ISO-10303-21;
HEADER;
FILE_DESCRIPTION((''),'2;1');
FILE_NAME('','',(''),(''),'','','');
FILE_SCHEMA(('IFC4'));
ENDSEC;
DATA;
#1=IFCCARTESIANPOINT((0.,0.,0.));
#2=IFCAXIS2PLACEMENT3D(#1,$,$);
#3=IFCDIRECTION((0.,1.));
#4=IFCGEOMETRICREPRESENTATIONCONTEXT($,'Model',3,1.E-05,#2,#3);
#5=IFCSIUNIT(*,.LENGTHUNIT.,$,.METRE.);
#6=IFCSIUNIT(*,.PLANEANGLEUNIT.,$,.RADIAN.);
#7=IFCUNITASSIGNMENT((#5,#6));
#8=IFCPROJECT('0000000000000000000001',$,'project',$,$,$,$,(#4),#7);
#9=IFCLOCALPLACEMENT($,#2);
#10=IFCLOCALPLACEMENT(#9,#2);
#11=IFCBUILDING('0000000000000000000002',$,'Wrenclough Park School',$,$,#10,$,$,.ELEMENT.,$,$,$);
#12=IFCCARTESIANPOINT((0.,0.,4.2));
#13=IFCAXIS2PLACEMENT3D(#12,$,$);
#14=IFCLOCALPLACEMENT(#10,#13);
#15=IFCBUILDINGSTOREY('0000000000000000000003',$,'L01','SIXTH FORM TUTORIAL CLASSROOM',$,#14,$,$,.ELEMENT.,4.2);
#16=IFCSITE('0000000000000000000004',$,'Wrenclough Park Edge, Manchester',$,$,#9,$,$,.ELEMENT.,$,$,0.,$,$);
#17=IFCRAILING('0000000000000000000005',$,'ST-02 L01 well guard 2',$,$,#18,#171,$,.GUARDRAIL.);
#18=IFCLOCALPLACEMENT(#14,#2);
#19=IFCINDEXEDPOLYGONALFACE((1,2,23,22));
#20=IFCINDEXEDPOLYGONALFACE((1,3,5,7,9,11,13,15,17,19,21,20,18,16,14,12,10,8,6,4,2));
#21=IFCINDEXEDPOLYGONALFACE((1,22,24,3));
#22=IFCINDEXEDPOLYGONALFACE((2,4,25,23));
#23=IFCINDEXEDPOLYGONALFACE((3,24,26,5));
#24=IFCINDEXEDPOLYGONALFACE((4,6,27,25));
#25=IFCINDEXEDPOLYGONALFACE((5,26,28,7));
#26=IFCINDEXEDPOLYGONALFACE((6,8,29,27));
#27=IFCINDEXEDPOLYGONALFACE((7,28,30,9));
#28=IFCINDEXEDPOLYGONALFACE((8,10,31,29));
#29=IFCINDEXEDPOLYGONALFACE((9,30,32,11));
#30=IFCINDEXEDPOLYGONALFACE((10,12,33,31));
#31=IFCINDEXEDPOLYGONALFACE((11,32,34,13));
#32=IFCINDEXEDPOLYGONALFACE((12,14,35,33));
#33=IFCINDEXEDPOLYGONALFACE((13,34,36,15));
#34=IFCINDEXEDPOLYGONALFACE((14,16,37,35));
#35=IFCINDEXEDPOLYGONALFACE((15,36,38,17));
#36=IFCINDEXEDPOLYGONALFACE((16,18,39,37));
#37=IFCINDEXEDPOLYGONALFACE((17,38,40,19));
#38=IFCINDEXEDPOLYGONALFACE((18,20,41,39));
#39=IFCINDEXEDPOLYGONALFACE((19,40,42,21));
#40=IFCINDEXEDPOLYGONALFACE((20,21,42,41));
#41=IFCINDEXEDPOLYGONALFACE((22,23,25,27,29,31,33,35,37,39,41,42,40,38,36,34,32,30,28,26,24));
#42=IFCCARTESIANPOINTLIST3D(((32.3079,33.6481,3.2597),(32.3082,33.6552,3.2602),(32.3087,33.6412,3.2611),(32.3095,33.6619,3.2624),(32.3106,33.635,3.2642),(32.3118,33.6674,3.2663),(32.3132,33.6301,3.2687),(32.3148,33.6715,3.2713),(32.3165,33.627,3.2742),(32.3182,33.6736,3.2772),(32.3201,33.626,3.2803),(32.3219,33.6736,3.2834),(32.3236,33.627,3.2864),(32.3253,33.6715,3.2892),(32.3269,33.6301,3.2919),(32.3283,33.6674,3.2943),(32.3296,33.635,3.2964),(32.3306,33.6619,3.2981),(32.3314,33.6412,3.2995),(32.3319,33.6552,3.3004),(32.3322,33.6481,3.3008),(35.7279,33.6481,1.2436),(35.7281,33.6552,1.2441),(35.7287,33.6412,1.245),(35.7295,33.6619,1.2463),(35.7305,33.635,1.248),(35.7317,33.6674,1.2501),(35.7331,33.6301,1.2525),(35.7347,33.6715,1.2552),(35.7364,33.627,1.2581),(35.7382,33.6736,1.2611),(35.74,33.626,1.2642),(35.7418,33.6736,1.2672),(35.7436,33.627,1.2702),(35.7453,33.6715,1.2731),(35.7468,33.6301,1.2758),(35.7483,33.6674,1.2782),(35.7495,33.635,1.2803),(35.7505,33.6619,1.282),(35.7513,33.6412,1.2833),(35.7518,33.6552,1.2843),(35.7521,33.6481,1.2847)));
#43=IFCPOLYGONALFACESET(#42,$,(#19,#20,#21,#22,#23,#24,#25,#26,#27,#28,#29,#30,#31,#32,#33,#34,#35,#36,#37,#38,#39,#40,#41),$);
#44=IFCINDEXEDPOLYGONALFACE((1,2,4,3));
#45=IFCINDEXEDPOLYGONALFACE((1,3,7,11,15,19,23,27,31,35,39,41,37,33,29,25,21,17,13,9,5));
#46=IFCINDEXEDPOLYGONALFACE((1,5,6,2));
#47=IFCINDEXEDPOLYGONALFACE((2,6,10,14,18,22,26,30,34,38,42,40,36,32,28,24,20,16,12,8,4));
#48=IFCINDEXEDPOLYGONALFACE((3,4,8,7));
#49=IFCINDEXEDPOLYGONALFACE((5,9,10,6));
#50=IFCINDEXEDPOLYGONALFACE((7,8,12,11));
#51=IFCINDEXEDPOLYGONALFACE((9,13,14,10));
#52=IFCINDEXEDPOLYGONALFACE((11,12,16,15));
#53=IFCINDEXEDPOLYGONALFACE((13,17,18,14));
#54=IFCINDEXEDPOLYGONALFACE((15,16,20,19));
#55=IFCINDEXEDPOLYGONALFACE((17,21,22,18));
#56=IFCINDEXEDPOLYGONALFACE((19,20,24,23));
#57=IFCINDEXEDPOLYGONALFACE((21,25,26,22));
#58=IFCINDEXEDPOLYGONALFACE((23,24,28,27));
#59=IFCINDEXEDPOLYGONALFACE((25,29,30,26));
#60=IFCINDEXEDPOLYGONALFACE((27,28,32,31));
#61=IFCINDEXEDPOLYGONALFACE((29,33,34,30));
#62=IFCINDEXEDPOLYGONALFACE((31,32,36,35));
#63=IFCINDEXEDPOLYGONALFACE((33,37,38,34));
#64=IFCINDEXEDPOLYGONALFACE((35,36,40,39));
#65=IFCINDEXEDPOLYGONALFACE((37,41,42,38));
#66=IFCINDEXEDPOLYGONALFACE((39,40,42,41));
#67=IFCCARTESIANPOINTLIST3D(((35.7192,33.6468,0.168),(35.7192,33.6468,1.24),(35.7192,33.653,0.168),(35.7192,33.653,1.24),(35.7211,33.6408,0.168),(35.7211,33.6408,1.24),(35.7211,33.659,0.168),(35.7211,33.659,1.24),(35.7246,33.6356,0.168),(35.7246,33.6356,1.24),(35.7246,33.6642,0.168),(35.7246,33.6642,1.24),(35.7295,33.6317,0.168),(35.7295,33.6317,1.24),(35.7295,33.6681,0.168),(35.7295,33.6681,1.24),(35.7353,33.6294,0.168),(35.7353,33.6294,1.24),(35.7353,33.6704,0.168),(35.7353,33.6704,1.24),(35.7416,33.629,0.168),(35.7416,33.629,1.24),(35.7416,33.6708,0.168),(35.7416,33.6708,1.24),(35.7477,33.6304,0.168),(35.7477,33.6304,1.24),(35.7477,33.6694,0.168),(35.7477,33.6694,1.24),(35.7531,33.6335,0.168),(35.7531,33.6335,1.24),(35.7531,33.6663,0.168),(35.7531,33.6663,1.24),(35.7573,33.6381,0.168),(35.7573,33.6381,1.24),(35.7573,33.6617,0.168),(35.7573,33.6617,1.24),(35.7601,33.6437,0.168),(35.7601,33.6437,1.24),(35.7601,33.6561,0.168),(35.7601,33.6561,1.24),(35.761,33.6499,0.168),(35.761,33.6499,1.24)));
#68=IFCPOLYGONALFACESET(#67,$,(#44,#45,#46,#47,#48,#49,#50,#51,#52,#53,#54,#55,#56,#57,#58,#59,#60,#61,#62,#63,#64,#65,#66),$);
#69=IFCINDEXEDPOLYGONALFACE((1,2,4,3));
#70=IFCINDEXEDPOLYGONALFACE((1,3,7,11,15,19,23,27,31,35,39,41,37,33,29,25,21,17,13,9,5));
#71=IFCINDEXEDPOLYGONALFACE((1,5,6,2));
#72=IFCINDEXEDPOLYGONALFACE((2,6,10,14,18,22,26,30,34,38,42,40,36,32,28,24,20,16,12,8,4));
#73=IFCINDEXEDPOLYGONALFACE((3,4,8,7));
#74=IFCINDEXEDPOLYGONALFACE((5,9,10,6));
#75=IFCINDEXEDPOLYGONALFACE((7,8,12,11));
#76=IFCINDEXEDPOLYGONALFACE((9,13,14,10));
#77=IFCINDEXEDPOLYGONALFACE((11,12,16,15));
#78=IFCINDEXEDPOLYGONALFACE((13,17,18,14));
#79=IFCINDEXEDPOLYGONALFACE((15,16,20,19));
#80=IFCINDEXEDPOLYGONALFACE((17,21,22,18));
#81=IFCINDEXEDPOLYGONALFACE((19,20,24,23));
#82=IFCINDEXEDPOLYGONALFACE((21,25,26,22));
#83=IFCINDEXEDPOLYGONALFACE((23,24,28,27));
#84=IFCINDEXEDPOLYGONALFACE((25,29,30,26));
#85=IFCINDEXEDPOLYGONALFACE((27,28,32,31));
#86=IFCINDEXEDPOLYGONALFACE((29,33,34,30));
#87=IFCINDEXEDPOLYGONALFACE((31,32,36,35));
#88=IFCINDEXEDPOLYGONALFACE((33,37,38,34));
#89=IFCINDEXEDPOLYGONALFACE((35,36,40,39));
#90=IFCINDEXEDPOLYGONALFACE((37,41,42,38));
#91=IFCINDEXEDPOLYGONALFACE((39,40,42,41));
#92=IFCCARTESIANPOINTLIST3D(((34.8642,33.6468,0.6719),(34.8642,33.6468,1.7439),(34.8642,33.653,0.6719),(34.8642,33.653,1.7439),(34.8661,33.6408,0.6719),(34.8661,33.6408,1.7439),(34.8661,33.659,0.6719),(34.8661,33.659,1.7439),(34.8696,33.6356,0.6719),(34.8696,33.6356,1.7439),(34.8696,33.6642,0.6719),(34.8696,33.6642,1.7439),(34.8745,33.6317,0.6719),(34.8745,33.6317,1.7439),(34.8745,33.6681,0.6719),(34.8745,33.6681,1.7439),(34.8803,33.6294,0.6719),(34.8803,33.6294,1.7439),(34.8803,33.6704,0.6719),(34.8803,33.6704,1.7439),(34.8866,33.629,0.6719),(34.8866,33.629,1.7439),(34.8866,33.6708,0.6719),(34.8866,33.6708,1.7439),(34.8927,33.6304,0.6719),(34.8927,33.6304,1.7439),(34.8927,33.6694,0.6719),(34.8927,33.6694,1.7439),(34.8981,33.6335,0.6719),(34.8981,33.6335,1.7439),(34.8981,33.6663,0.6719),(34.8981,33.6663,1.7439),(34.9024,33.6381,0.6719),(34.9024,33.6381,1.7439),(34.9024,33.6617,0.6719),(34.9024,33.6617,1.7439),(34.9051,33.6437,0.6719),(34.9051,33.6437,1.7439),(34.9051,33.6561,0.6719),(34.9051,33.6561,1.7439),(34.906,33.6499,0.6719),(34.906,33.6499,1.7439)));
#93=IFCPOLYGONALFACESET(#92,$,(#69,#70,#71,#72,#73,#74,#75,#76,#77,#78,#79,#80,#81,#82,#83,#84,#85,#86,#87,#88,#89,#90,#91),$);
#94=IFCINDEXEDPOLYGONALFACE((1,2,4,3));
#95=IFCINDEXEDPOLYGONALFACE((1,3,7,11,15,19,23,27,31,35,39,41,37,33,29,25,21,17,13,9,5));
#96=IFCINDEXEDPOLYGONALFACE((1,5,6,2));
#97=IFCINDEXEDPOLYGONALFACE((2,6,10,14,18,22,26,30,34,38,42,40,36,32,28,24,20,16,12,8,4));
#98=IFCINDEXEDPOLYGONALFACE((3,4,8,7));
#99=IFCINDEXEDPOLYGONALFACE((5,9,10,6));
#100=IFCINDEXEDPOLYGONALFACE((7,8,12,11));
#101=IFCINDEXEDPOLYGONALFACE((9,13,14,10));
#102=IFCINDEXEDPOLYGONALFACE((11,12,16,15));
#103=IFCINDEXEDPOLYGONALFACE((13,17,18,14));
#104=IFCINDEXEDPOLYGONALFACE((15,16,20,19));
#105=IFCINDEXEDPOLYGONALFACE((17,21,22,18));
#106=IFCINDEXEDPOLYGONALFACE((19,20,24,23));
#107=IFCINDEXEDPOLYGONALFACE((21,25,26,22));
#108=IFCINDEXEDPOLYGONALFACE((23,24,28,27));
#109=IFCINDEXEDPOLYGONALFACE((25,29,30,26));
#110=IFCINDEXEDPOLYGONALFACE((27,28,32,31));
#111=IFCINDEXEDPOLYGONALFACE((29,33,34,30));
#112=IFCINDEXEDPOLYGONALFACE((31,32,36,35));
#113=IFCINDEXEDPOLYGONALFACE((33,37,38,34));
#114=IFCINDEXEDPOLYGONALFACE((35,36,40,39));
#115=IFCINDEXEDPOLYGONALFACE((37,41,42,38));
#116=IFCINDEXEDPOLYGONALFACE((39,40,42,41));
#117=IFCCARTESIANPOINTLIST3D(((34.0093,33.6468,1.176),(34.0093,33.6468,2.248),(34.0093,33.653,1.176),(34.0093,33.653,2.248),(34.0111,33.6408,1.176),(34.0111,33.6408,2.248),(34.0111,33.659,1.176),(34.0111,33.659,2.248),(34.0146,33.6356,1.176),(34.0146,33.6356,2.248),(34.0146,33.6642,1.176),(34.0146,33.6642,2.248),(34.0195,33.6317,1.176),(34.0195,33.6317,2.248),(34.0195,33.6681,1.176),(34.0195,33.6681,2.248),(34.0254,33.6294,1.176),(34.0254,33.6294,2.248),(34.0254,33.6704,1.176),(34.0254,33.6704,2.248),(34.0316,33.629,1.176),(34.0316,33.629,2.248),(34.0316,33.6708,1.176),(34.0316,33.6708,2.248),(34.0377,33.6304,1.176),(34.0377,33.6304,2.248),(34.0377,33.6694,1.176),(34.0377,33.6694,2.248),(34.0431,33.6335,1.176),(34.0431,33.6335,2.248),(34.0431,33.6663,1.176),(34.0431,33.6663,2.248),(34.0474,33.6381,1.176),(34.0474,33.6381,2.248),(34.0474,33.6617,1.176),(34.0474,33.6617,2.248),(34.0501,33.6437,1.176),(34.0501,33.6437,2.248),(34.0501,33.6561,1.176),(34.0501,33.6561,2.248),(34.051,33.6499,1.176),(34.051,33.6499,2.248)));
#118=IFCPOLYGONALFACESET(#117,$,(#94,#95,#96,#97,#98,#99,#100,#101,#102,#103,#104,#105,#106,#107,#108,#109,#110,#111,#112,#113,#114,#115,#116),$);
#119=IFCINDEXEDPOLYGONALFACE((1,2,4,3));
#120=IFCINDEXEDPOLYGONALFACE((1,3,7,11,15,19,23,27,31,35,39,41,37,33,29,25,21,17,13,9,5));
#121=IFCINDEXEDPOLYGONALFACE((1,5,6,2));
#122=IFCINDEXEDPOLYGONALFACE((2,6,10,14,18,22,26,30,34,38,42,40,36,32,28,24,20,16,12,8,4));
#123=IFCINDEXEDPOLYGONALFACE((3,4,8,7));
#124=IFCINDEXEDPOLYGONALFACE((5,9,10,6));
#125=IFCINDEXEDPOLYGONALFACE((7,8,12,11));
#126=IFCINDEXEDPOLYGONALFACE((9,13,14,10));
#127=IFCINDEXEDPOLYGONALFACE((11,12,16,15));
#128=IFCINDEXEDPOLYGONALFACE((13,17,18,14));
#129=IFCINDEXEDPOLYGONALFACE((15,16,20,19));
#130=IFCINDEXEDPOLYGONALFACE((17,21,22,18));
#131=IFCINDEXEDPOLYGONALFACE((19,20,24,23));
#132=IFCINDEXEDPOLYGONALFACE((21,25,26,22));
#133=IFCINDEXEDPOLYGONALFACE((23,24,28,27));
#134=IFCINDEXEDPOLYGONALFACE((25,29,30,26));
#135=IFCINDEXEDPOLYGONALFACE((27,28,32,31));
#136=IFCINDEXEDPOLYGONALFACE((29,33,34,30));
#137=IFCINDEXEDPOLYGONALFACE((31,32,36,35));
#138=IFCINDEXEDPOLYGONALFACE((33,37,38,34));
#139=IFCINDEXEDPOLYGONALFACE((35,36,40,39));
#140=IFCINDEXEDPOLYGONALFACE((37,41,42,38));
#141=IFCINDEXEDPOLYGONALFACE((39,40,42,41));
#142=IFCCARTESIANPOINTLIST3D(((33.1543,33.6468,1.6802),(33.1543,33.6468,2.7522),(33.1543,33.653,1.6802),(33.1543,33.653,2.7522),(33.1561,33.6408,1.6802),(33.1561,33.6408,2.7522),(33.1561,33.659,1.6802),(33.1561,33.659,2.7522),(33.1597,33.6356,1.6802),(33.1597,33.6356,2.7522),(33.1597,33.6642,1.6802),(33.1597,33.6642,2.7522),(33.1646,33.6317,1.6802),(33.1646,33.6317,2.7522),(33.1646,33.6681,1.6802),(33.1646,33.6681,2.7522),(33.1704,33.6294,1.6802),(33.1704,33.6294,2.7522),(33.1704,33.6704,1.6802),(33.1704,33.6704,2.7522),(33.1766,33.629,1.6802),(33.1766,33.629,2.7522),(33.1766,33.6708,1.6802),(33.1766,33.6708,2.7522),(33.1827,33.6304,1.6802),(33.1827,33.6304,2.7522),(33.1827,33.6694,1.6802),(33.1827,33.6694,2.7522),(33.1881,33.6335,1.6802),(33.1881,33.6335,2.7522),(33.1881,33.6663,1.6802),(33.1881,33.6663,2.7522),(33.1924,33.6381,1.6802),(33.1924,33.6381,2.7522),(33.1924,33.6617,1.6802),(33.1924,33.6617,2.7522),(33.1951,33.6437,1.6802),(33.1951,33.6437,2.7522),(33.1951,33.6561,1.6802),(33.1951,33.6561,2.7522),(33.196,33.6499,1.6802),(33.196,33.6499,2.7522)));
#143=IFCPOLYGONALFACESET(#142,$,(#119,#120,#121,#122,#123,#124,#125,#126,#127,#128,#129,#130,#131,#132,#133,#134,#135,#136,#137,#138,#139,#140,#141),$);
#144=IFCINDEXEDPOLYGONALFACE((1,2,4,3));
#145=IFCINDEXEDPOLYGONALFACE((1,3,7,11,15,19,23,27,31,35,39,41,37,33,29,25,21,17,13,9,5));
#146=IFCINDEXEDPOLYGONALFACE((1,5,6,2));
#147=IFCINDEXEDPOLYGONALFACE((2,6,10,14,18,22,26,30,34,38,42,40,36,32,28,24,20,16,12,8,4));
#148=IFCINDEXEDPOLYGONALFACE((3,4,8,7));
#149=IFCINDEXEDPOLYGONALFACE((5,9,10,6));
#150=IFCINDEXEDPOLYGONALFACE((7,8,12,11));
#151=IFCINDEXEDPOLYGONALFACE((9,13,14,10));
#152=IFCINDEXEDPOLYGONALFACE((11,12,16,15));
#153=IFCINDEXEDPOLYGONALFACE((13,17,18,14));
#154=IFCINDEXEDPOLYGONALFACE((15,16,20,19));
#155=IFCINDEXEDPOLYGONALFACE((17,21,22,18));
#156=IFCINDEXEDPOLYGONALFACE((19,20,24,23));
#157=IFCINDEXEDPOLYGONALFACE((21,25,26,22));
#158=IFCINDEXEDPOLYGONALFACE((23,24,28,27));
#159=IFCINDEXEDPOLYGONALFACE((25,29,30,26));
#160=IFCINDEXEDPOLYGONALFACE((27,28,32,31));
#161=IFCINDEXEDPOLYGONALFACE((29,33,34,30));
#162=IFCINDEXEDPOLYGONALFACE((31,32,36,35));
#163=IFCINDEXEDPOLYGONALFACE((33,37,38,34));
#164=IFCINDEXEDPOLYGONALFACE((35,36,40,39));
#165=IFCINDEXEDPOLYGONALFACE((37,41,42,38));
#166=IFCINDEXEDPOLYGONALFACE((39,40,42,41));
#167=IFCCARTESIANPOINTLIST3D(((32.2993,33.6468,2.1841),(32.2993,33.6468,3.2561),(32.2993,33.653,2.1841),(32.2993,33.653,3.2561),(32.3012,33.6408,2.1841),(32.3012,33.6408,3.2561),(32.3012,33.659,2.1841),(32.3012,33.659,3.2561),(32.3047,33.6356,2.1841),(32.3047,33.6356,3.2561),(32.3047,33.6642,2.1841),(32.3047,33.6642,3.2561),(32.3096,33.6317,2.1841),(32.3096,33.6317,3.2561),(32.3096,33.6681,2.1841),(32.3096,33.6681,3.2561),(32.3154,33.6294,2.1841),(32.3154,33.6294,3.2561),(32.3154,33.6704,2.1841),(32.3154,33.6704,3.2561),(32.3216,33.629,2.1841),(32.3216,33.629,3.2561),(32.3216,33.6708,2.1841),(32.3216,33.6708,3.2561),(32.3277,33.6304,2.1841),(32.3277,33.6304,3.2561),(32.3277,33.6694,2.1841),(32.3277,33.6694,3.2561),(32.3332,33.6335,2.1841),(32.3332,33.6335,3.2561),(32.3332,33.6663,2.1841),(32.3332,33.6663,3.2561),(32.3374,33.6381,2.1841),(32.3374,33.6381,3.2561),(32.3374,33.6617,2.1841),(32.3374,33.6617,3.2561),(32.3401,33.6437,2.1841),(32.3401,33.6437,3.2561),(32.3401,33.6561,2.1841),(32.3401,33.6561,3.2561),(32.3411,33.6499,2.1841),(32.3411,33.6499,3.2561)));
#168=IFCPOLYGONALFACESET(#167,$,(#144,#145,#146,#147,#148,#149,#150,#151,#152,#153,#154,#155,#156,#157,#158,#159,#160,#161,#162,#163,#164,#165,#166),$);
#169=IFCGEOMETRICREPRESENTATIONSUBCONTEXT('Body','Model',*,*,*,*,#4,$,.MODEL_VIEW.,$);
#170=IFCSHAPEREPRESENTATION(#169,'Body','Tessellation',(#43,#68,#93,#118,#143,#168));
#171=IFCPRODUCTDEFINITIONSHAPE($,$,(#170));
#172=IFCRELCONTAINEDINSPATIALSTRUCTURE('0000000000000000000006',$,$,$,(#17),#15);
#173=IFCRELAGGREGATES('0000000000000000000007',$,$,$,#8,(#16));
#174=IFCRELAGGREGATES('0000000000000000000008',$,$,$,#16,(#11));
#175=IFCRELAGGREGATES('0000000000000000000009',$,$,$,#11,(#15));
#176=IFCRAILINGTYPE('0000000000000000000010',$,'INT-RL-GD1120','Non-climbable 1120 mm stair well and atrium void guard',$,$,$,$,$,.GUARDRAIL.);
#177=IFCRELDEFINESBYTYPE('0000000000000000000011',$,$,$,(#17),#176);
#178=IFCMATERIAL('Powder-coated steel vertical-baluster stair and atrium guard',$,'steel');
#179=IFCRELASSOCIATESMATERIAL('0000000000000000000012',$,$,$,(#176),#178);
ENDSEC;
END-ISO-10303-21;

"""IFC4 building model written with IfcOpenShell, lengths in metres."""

from ifc_helpers import new_model, si_unit, direction, frame, origin, origin_2d, place, context, subcontext, project, spatial, circle, extrude, material, type_object, element, save


model = new_model("IFC4")

# Units and contexts
model_context = context("Model", 3, precision=1e-05, world=origin(), true_north=direction((0.0, 1.0)))
body_context = subcontext(model_context, "Body", "Model", "MODEL_VIEW")
ifc_project = project(units=[si_unit("LENGTHUNIT", "METRE"), si_unit("PLANEANGLEUNIT", "RADIAN")], contexts=[model_context])

# Site, building, storey
site_placement = place(None, origin())
site = spatial("IfcSite", under=ifc_project, at=site_placement, Name="Wrenclough Park Edge, Manchester", CompositionType="ELEMENT", RefElevation=0.0)
building_placement = place(site_placement, origin())
building = spatial("IfcBuilding", under=site, at=building_placement, Name="Wrenclough Park School", CompositionType="ELEMENT")
storey_placement = place(building_placement, frame((0.0, 0.0, 4.2)))
storey = spatial("IfcBuildingStorey", under=building, at=storey_placement, Name="L01", Description="SIXTH FORM TUTORIAL CLASSROOM", CompositionType="ELEMENT", Elevation=4.2)

# Railing
ifc_material_1 = material(Name="Powder-coated steel vertical-baluster stair and atrium guard", Category="steel")
railing_type_1 = type_object("IfcRailingType", Name="INT-RL-GD1120", Description="Non-climbable 1120 mm stair well and atrium void guard", PredefinedType="GUARDRAIL", material=ifc_material_1)
railing_1_placement = place(storey_placement, frame((35.74, 33.6499, 0.168)))
element("IfcRailing", 1, at=railing_1_placement, inside=storey, type_object=railing_type_1, Name="ST-02 L01 well guard 2", PredefinedType="GUARDRAIL", context=body_context, shape_type="SweptSolid", body=[
    extrude(circle(Radius=0.0239, at=origin_2d()), frame((0.0, 0.0, 1.0962), z_axis=(-0.86145, 0.0, 0.507842), x_axis=(0.0, -1.0, 0.0)), (0.0, 0.0, 1.0), 3.97),
    extrude(circle(Radius=0.021, at=origin_2d()), origin(), (0.0, 0.0, 1.0), 1.072),
    extrude(circle(Radius=0.021, at=origin_2d()), frame((-0.855, 0.0, 0.5039)), (0.0, 0.0, 1.0), 1.072),
    extrude(circle(Radius=0.021, at=origin_2d()), frame((-1.71, 0.0, 1.0081)), (0.0, 0.0, 1.0), 1.072),
    extrude(circle(Radius=0.021, at=origin_2d()), frame((-2.5649, 0.0, 1.5122)), (0.0, 0.0, 1.0), 1.072),
    extrude(circle(Radius=0.021, at=origin_2d()), frame((-3.4199, 0.0, 2.0161)), (0.0, 0.0, 1.0), 1.072),
])

save(model, "model.ifc")
